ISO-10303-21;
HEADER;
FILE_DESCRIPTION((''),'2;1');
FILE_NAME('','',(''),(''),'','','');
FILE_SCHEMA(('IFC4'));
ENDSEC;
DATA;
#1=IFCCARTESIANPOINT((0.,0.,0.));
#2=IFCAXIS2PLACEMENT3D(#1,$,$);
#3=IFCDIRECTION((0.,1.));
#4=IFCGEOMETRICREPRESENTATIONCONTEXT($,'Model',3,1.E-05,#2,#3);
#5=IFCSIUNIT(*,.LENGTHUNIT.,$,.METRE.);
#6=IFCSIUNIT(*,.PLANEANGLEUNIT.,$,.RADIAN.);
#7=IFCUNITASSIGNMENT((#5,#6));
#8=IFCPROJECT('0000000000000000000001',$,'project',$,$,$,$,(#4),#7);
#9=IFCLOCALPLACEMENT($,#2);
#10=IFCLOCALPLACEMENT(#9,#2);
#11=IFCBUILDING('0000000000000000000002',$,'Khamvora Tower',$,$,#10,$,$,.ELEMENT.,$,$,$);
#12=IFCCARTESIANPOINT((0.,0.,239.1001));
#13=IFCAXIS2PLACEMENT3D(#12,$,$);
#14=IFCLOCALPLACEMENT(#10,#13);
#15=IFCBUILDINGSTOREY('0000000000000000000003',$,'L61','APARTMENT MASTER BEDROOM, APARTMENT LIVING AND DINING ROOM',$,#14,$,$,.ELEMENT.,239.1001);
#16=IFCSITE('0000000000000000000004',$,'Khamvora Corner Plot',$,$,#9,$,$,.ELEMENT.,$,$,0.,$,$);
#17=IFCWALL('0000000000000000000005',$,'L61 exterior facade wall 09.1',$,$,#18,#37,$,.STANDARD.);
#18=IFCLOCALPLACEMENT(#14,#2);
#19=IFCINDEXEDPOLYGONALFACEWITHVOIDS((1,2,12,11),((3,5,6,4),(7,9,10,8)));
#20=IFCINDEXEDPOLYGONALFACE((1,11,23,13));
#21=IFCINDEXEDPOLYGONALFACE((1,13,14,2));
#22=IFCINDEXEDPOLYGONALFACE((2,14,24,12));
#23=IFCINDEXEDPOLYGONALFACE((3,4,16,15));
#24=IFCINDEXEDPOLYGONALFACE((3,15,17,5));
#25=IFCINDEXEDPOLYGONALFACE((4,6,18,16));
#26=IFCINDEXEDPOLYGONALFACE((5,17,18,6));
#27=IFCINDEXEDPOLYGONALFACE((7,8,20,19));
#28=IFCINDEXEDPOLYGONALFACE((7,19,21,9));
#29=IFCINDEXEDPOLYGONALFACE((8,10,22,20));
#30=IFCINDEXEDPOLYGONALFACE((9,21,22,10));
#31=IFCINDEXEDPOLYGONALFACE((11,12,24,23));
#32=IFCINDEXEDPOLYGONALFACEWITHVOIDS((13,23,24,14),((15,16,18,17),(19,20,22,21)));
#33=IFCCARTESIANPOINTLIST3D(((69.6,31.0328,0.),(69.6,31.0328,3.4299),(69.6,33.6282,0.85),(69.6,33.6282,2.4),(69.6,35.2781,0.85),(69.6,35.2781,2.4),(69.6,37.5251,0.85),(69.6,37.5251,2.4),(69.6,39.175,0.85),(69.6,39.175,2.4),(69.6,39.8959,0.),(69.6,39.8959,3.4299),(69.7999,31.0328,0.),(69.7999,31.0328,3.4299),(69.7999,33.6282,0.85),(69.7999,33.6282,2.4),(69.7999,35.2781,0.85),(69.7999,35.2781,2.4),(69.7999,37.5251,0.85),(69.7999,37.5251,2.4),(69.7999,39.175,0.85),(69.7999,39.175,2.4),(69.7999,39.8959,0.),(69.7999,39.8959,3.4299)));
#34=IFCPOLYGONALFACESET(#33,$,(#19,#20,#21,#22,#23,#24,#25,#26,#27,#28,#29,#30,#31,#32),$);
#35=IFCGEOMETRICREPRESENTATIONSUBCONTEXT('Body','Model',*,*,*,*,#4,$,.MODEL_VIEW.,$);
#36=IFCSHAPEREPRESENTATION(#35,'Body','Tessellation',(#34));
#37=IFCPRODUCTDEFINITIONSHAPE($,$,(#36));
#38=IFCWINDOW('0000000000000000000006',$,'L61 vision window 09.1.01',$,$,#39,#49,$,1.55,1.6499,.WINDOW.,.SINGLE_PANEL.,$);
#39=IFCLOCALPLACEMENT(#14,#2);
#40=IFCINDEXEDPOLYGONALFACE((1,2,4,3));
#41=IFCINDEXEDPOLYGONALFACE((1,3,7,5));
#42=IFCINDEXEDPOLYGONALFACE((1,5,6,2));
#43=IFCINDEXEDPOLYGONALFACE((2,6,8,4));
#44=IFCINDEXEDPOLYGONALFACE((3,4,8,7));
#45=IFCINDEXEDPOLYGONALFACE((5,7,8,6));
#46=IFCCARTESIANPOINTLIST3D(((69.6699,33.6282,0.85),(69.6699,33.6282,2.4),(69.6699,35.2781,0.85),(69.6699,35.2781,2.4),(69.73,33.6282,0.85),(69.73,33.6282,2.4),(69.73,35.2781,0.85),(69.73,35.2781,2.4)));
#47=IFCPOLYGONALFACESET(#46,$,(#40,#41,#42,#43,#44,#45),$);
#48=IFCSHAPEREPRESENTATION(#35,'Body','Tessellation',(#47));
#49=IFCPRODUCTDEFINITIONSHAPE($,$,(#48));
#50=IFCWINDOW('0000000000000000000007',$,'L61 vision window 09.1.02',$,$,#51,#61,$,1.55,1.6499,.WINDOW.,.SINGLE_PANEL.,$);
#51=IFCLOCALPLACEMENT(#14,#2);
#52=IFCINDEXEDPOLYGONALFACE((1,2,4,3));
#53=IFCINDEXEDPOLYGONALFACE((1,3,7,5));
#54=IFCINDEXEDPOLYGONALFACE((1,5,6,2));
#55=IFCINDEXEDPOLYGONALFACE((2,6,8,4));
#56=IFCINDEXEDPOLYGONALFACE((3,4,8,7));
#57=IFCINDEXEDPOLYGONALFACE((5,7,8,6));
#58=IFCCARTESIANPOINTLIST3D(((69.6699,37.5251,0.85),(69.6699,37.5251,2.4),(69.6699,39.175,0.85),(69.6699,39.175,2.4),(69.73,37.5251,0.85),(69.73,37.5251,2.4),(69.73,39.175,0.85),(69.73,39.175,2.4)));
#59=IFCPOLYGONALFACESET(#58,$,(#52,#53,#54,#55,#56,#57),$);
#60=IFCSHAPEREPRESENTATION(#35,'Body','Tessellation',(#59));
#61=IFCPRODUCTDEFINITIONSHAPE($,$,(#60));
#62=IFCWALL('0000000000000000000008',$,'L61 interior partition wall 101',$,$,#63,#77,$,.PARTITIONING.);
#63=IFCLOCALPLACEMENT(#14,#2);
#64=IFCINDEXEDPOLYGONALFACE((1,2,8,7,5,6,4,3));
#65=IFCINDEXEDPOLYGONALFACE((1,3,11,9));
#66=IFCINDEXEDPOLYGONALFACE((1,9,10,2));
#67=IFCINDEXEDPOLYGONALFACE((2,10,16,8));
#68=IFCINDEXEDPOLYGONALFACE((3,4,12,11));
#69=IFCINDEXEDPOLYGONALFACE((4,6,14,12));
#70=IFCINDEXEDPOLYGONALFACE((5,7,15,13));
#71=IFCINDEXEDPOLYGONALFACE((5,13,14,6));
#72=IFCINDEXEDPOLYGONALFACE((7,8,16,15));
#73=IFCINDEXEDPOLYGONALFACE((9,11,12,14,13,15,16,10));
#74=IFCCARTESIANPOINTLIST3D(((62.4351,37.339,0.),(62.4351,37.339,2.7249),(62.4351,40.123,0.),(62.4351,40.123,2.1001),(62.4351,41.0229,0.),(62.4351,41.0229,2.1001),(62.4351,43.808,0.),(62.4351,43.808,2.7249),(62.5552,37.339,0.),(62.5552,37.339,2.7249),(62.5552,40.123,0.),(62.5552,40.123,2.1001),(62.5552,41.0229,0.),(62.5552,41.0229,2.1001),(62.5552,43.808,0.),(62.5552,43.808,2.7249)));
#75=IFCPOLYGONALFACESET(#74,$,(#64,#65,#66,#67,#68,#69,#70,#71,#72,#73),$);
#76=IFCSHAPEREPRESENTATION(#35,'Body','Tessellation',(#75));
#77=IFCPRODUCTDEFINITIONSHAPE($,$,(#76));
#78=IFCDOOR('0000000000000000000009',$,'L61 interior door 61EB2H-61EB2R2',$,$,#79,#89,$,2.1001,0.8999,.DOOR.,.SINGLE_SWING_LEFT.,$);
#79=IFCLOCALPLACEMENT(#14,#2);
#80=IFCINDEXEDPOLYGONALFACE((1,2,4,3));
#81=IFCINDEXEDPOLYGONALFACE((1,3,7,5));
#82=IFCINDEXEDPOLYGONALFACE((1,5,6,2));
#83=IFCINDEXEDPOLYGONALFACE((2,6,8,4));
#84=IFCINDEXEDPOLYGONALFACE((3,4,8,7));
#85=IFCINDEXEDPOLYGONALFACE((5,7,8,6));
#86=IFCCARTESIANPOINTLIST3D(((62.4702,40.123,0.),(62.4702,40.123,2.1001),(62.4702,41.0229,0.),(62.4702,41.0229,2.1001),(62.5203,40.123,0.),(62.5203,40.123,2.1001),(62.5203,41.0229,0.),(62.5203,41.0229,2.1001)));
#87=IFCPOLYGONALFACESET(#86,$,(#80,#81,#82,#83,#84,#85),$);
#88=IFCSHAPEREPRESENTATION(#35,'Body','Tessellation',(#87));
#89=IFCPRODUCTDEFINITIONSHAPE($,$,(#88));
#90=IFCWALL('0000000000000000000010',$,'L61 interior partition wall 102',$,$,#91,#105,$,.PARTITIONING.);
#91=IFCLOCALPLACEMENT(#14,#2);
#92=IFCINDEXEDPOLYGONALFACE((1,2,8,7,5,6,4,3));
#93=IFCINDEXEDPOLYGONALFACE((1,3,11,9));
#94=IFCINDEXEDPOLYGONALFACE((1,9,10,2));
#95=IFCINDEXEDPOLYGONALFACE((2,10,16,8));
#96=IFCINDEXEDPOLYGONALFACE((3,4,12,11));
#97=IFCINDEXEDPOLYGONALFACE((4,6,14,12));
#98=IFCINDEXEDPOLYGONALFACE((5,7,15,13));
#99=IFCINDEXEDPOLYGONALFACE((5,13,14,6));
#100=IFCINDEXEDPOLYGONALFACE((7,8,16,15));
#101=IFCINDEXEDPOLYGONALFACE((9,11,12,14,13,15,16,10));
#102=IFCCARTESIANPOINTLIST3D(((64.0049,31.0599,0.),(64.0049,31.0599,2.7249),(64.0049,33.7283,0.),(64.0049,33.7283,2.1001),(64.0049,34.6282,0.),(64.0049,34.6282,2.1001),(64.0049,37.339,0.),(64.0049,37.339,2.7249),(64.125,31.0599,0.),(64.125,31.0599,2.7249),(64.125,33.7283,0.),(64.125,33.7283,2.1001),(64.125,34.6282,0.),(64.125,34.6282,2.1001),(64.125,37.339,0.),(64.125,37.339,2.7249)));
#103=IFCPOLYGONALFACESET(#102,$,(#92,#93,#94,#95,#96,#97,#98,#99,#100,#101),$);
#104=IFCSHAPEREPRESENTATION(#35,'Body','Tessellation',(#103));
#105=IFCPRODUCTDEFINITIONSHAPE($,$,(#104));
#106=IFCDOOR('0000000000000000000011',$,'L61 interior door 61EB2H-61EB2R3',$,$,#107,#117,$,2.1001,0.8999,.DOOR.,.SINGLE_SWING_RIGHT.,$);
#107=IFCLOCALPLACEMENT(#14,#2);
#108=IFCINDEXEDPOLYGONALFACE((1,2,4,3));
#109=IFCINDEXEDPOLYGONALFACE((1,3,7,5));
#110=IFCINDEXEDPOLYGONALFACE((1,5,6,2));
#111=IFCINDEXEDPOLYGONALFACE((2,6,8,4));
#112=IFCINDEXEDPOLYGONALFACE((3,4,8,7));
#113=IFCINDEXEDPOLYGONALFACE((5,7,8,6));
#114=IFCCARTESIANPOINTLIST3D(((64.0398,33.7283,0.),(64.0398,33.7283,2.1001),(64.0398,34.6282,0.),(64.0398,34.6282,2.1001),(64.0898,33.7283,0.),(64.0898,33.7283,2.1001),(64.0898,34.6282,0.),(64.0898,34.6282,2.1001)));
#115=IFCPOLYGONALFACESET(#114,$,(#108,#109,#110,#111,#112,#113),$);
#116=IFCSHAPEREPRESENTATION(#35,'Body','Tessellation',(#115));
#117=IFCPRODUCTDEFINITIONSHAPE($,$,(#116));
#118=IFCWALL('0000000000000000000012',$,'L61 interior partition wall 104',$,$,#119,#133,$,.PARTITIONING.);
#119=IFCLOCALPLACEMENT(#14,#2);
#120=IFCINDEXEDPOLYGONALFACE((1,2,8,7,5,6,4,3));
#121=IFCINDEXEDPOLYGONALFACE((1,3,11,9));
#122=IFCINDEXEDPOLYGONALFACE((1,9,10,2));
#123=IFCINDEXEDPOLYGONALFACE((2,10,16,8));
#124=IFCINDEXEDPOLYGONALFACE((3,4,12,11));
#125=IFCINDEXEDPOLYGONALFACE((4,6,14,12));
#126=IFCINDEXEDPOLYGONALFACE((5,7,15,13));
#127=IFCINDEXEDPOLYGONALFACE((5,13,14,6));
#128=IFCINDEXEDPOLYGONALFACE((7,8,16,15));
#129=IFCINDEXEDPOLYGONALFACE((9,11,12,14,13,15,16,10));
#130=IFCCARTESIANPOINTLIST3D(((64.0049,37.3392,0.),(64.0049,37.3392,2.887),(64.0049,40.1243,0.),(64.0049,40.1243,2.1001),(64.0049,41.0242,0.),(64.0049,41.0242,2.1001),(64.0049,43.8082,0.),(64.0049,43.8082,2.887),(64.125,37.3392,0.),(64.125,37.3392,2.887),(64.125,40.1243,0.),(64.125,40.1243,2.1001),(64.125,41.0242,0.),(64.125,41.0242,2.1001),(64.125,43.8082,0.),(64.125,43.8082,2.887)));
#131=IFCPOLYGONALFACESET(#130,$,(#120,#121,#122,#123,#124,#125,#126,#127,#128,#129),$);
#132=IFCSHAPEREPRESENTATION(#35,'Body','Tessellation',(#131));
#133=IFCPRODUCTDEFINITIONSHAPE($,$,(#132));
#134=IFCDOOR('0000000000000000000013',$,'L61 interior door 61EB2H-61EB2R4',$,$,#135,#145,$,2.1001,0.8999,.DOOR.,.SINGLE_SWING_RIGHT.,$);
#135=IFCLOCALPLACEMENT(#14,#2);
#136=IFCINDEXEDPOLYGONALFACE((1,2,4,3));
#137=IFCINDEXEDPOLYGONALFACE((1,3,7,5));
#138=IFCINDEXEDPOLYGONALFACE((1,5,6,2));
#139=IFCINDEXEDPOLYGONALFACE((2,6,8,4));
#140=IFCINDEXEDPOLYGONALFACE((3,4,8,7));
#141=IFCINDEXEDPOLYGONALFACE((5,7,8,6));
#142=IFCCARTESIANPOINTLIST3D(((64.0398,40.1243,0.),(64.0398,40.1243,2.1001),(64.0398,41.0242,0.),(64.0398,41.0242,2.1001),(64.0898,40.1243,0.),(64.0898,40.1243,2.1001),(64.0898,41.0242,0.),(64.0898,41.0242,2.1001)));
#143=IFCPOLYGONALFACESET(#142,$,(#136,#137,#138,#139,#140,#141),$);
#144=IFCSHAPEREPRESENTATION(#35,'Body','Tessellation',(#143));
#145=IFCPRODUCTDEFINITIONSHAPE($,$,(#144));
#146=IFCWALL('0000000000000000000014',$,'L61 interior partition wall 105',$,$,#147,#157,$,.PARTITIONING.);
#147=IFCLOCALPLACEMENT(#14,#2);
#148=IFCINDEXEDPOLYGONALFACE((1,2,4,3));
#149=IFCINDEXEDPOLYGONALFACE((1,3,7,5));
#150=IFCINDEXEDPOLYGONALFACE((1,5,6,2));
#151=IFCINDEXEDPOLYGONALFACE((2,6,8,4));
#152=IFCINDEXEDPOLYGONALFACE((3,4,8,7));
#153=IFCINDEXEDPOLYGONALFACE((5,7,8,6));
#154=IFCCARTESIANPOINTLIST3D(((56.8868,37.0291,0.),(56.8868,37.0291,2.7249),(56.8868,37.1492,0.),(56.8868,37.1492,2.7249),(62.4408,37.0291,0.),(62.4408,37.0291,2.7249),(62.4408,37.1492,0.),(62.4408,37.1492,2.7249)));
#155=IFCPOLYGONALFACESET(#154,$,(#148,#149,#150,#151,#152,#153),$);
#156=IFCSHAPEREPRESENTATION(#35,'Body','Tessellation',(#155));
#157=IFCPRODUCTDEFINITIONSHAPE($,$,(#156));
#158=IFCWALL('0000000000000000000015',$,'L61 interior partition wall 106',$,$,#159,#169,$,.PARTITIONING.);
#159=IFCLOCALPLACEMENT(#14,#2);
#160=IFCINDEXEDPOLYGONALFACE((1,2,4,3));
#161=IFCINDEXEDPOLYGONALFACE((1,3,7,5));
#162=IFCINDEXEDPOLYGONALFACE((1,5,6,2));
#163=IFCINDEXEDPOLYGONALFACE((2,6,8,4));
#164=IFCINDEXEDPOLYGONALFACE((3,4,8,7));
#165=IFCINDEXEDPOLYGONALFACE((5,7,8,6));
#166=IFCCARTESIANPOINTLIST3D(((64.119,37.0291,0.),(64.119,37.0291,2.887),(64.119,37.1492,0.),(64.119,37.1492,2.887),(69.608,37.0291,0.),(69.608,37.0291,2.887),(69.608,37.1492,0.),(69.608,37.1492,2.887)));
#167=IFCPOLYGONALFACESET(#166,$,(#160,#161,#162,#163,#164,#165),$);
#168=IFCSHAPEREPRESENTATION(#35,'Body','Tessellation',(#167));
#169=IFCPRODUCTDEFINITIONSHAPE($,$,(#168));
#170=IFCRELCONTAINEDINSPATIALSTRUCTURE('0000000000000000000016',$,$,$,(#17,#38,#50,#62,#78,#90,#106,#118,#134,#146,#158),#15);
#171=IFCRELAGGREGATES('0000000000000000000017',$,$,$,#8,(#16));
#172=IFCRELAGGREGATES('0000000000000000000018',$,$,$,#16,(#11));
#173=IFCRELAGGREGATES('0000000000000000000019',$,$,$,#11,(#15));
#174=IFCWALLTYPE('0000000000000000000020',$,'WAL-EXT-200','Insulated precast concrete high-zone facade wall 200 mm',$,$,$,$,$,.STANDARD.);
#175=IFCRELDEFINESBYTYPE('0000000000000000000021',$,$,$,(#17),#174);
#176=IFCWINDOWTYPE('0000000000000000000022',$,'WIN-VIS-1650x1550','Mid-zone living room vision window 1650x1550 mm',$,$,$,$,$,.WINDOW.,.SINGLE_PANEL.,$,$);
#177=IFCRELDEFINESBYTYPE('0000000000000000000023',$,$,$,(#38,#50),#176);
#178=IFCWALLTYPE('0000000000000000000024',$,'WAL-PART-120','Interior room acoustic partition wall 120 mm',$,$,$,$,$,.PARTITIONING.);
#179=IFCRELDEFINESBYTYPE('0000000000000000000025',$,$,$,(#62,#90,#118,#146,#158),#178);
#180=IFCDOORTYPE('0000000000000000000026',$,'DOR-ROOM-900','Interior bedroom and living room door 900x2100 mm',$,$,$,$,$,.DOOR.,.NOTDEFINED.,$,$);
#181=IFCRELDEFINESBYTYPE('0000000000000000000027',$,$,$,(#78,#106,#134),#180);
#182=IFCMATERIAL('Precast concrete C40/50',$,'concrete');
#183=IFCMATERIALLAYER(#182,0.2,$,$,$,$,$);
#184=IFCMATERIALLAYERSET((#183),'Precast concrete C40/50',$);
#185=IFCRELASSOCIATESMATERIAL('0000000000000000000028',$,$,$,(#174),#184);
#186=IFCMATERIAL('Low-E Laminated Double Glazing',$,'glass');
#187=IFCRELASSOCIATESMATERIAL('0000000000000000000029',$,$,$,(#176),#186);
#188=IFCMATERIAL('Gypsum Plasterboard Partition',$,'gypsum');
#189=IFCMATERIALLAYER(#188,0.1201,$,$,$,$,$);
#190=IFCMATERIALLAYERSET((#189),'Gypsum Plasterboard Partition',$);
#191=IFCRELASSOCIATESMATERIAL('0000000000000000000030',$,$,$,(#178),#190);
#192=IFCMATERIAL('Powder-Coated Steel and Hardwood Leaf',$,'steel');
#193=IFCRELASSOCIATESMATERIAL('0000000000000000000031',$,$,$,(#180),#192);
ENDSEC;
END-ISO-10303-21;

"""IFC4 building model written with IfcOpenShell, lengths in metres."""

from ifc_helpers import new_model, si_unit, direction, frame, frame_2d, origin, place, context, subcontext, project, spatial, rectangle, extrude, material, layer, layer_set, type_object, element, fill, save


model = new_model("IFC4")

# Units and contexts
model_context = context("Model", 3, precision=1e-05, world=origin(), true_north=direction((0.0, 1.0)))
body_context = subcontext(model_context, "Body", "Model", "MODEL_VIEW")
ifc_project = project(units=[si_unit("LENGTHUNIT", "METRE"), si_unit("PLANEANGLEUNIT", "RADIAN")], contexts=[model_context])

# Site, building, storey
site_placement = place(None, origin())
site = spatial("IfcSite", under=ifc_project, at=site_placement, Name="Khamvora Corner Plot", CompositionType="ELEMENT", RefElevation=0.0)
building_placement = place(site_placement, origin())
building = spatial("IfcBuilding", under=site, at=building_placement, Name="Khamvora Tower", CompositionType="ELEMENT")
storey_placement = place(building_placement, frame((0.0, 0.0, 239.1001)))
storey = spatial("IfcBuildingStorey", under=building, at=storey_placement, Name="L61", Description="APARTMENT MASTER BEDROOM, APARTMENT LIVING AND DINING ROOM", CompositionType="ELEMENT", Elevation=239.1001)

# Shared definitions
ifc_material_1 = material(Name="Precast concrete C40/50", Category="concrete")
ifc_layer_1 = layer(ifc_material_1, 0.2)
ifc_layer_set_1 = layer_set([ifc_layer_1], Name="Precast concrete C40/50")
wall_type_1 = type_object("IfcWallType", Name="WAL-EXT-200", Description="Insulated precast concrete high-zone facade wall 200 mm", PredefinedType="STANDARD", material=ifc_layer_set_1)

# Wall, openings, windows
wall_1_placement = place(storey_placement, frame((69.7, 39.896, 0.0), z_axis=(0.0, 0.0, 1.0), x_axis=(0.0, -1.0, 0.0)))
wall_1 = element("IfcWall", 1, at=wall_1_placement, inside=storey, type_object=wall_type_1, Name="L61 exterior facade wall 09.1", PredefinedType="STANDARD", context=body_context, shape_type="SweptSolid", body=[
    extrude(rectangle(XDim=8.863, YDim=0.2, at=frame_2d((4.4316, 0.0))), origin(), (0.0, 0.0, 1.0), 3.4299),
])
opening_1_placement = place(wall_1_placement, frame((4.6179, 0.0, 0.8501)))
opening_1 = element("IfcOpeningElement", 2, at=opening_1_placement, cuts=wall_1, PredefinedType="OPENING", context=body_context, shape_type="SweptSolid", body=[
    extrude(rectangle(XDim=1.6499, YDim=1.55, at=frame_2d((0.825, 0.7749))), frame((0.0, 0.1099, 0.0), z_axis=(0.0, -1.0, 0.0), x_axis=(1.0, 0.0, 0.0)), (0.0, 0.0, 1.0), 0.22),
])
opening_2_placement = place(wall_1_placement, frame((0.7209, 0.0, 0.8501)))
opening_2 = element("IfcOpeningElement", 3, at=opening_2_placement, cuts=wall_1, PredefinedType="OPENING", context=body_context, shape_type="SweptSolid", body=[
    extrude(rectangle(XDim=1.6499, YDim=1.55, at=frame_2d((0.825, 0.7749))), frame((0.0, 0.1099, 0.0), z_axis=(0.0, -1.0, 0.0), x_axis=(1.0, 0.0, 0.0)), (0.0, 0.0, 1.0), 0.22),
])
ifc_material_2 = material(Name="Low-E Laminated Double Glazing", Category="glass")
window_type = type_object("IfcWindowType", Name="WIN-VIS-1650x1550", Description="Mid-zone living room vision window 1650x1550 mm", PartitioningType="SINGLE_PANEL", PredefinedType="WINDOW", material=ifc_material_2)
window_1_placement = place(opening_1_placement, origin())
window_1 = element("IfcWindow", 4, at=window_1_placement, inside=storey, type_object=window_type, Name="L61 vision window 09.1.01", OverallHeight=1.55, OverallWidth=1.6499, PartitioningType="SINGLE_PANEL", PredefinedType="WINDOW", context=body_context, shape_type="SweptSolid", body=[
    extrude(rectangle(XDim=1.6499, YDim=1.55, at=frame_2d((0.825, 0.7749))), frame((0.0, 0.03, 0.0), z_axis=(0.0, -1.0, 0.0), x_axis=(1.0, 0.0, 0.0)), (0.0, 0.0, 1.0), 0.0601),
])
fill(opening_1, window_1)
window_2_placement = place(opening_2_placement, origin())
window_2 = element("IfcWindow", 5, at=window_2_placement, inside=storey, type_object=window_type, Name="L61 vision window 09.1.02", OverallHeight=1.55, OverallWidth=1.6499, PartitioningType="SINGLE_PANEL", PredefinedType="WINDOW", context=body_context, shape_type="SweptSolid", body=[
    extrude(rectangle(XDim=1.6499, YDim=1.55, at=frame_2d((0.825, 0.7749))), frame((0.0, 0.03, 0.0), z_axis=(0.0, -1.0, 0.0), x_axis=(1.0, 0.0, 0.0)), (0.0, 0.0, 1.0), 0.0601),
])
fill(opening_2, window_2)

# Walls, openings, doors
ifc_material_3 = material(Name="Gypsum Plasterboard Partition", Category="gypsum")
ifc_layer_2 = layer(ifc_material_3, 0.1201)
ifc_layer_set_2 = layer_set([ifc_layer_2], Name="Gypsum Plasterboard Partition")
wall_type_2 = type_object("IfcWallType", Name="WAL-PART-120", Description="Interior room acoustic partition wall 120 mm", PredefinedType="PARTITIONING", material=ifc_layer_set_2)
wall_2_placement = place(storey_placement, frame((62.4951, 37.3391, 0.0), z_axis=(0.0, 0.0, 1.0), x_axis=(0.0, 1.0, 0.0)))
wall_2 = element("IfcWall", 6, at=wall_2_placement, inside=storey, type_object=wall_type_2, Name="L61 interior partition wall 101", PredefinedType="PARTITIONING", context=body_context, shape_type="SweptSolid", body=[
    extrude(rectangle(XDim=6.469, YDim=0.1201, at=frame_2d((3.2344, 0.0))), origin(), (0.0, 0.0, 1.0), 2.7249),
])
opening_3_placement = place(wall_2_placement, frame((2.7839, 0.0, 0.0)))
opening_3 = element("IfcOpeningElement", 7, at=opening_3_placement, cuts=wall_2, PredefinedType="OPENING", context=body_context, shape_type="SweptSolid", body=[
    extrude(rectangle(XDim=0.8999, YDim=2.1001, at=frame_2d((0.45, 1.05))), frame((0.0, 0.0701, 0.0), z_axis=(0.0, -1.0, 0.0), x_axis=(1.0, 0.0, 0.0)), (0.0, 0.0, 1.0), 0.1401),
])
ifc_material_4 = material(Name="Powder-Coated Steel and Hardwood Leaf", Category="steel")
door_type = type_object("IfcDoorType", Name="DOR-ROOM-900", Description="Interior bedroom and living room door 900x2100 mm", OperationType="NOTDEFINED", PredefinedType="DOOR", material=ifc_material_4)
door_1_placement = place(opening_3_placement, origin())
door_1 = element("IfcDoor", 8, at=door_1_placement, inside=storey, type_object=door_type, Name="L61 interior door 61EB2H-61EB2R2", OperationType="SINGLE_SWING_LEFT", OverallHeight=2.1001, OverallWidth=0.8999, PredefinedType="DOOR", context=body_context, shape_type="SweptSolid", body=[
    extrude(rectangle(XDim=0.8999, YDim=2.1001, at=frame_2d((0.45, 1.05))), frame((0.0, 0.0249, 0.0), z_axis=(0.0, -1.0, 0.0), x_axis=(1.0, 0.0, 0.0)), (0.0, 0.0, 1.0), 0.05),
])
fill(opening_3, door_1)
wall_3_placement = place(storey_placement, frame((64.0649, 37.3391, 0.0), z_axis=(0.0, 0.0, 1.0), x_axis=(0.0, -1.0, 0.0)))
wall_3 = element("IfcWall", 9, at=wall_3_placement, inside=storey, type_object=wall_type_2, Name="L61 interior partition wall 102", PredefinedType="PARTITIONING", context=body_context, shape_type="SweptSolid", body=[
    extrude(rectangle(XDim=6.2791, YDim=0.1201, at=frame_2d((3.1396, 0.0))), origin(), (0.0, 0.0, 1.0), 2.7249),
])
opening_4_placement = place(wall_3_placement, frame((2.7109, 0.0, 0.0)))
opening_4 = element("IfcOpeningElement", 10, at=opening_4_placement, cuts=wall_3, PredefinedType="OPENING", context=body_context, shape_type="SweptSolid", body=[
    extrude(rectangle(XDim=0.8999, YDim=2.1001, at=frame_2d((0.45, 1.05))), frame((0.0, 0.0701, 0.0), z_axis=(0.0, -1.0, 0.0), x_axis=(1.0, 0.0, 0.0)), (0.0, 0.0, 1.0), 0.1401),
])
door_2_placement = place(opening_4_placement, origin())
door_2 = element("IfcDoor", 11, at=door_2_placement, inside=storey, type_object=door_type, Name="L61 interior door 61EB2H-61EB2R3", OperationType="SINGLE_SWING_RIGHT", OverallHeight=2.1001, OverallWidth=0.8999, PredefinedType="DOOR", context=body_context, shape_type="SweptSolid", body=[
    extrude(rectangle(XDim=0.8999, YDim=2.1001, at=frame_2d((0.45, 1.05))), frame((0.0, 0.0249, 0.0), z_axis=(0.0, -1.0, 0.0), x_axis=(1.0, 0.0, 0.0)), (0.0, 0.0, 1.0), 0.05),
])
fill(opening_4, door_2)
wall_4_placement = place(storey_placement, frame((64.0649, 43.8081, 0.0), z_axis=(0.0, 0.0, 1.0), x_axis=(0.0, -1.0, 0.0)))
wall_4 = element("IfcWall", 12, at=wall_4_placement, inside=storey, type_object=wall_type_2, Name="L61 interior partition wall 104", PredefinedType="PARTITIONING", context=body_context, shape_type="SweptSolid", body=[
    extrude(rectangle(XDim=6.469, YDim=0.1201, at=frame_2d((3.2344, 0.0))), origin(), (0.0, 0.0, 1.0), 2.887),
])
opening_5_placement = place(wall_4_placement, frame((2.7839, 0.0, 0.0)))
opening_5 = element("IfcOpeningElement", 13, at=opening_5_placement, cuts=wall_4, PredefinedType="OPENING", context=body_context, shape_type="SweptSolid", body=[
    extrude(rectangle(XDim=0.8999, YDim=2.1001, at=frame_2d((0.45, 1.05))), frame((0.0, 0.0701, 0.0), z_axis=(0.0, -1.0, 0.0), x_axis=(1.0, 0.0, 0.0)), (0.0, 0.0, 1.0), 0.1401),
])
door_3_placement = place(opening_5_placement, origin())
door_3 = element("IfcDoor", 14, at=door_3_placement, inside=storey, type_object=door_type, Name="L61 interior door 61EB2H-61EB2R4", OperationType="SINGLE_SWING_RIGHT", OverallHeight=2.1001, OverallWidth=0.8999, PredefinedType="DOOR", context=body_context, shape_type="SweptSolid", body=[
    extrude(rectangle(XDim=0.8999, YDim=2.1001, at=frame_2d((0.45, 1.05))), frame((0.0, 0.0249, 0.0), z_axis=(0.0, -1.0, 0.0), x_axis=(1.0, 0.0, 0.0)), (0.0, 0.0, 1.0), 0.05),
])
fill(opening_5, door_3)

# Walls
wall_5_placement = place(storey_placement, frame((56.887, 37.0891, 0.0), z_axis=(0.0, 0.0, 1.0), x_axis=(1.0, 0.0, 0.0)))
element("IfcWall", 15, at=wall_5_placement, inside=storey, type_object=wall_type_2, Name="L61 interior partition wall 105", PredefinedType="PARTITIONING", context=body_context, shape_type="SweptSolid", body=[
    extrude(rectangle(XDim=5.554, YDim=0.1201, at=frame_2d((2.7769, 0.0))), origin(), (0.0, 0.0, 1.0), 2.7249),
])
wall_6_placement = place(storey_placement, frame((64.1189, 37.0891, 0.0), z_axis=(0.0, 0.0, 1.0), x_axis=(1.0, 0.0, 0.0)))
element("IfcWall", 16, at=wall_6_placement, inside=storey, type_object=wall_type_2, Name="L61 interior partition wall 106", PredefinedType="PARTITIONING", context=body_context, shape_type="SweptSolid", body=[
    extrude(rectangle(XDim=5.489, YDim=0.1201, at=frame_2d((2.7446, 0.0))), origin(), (0.0, 0.0, 1.0), 2.887),
])

save(model, "model.ifc")
